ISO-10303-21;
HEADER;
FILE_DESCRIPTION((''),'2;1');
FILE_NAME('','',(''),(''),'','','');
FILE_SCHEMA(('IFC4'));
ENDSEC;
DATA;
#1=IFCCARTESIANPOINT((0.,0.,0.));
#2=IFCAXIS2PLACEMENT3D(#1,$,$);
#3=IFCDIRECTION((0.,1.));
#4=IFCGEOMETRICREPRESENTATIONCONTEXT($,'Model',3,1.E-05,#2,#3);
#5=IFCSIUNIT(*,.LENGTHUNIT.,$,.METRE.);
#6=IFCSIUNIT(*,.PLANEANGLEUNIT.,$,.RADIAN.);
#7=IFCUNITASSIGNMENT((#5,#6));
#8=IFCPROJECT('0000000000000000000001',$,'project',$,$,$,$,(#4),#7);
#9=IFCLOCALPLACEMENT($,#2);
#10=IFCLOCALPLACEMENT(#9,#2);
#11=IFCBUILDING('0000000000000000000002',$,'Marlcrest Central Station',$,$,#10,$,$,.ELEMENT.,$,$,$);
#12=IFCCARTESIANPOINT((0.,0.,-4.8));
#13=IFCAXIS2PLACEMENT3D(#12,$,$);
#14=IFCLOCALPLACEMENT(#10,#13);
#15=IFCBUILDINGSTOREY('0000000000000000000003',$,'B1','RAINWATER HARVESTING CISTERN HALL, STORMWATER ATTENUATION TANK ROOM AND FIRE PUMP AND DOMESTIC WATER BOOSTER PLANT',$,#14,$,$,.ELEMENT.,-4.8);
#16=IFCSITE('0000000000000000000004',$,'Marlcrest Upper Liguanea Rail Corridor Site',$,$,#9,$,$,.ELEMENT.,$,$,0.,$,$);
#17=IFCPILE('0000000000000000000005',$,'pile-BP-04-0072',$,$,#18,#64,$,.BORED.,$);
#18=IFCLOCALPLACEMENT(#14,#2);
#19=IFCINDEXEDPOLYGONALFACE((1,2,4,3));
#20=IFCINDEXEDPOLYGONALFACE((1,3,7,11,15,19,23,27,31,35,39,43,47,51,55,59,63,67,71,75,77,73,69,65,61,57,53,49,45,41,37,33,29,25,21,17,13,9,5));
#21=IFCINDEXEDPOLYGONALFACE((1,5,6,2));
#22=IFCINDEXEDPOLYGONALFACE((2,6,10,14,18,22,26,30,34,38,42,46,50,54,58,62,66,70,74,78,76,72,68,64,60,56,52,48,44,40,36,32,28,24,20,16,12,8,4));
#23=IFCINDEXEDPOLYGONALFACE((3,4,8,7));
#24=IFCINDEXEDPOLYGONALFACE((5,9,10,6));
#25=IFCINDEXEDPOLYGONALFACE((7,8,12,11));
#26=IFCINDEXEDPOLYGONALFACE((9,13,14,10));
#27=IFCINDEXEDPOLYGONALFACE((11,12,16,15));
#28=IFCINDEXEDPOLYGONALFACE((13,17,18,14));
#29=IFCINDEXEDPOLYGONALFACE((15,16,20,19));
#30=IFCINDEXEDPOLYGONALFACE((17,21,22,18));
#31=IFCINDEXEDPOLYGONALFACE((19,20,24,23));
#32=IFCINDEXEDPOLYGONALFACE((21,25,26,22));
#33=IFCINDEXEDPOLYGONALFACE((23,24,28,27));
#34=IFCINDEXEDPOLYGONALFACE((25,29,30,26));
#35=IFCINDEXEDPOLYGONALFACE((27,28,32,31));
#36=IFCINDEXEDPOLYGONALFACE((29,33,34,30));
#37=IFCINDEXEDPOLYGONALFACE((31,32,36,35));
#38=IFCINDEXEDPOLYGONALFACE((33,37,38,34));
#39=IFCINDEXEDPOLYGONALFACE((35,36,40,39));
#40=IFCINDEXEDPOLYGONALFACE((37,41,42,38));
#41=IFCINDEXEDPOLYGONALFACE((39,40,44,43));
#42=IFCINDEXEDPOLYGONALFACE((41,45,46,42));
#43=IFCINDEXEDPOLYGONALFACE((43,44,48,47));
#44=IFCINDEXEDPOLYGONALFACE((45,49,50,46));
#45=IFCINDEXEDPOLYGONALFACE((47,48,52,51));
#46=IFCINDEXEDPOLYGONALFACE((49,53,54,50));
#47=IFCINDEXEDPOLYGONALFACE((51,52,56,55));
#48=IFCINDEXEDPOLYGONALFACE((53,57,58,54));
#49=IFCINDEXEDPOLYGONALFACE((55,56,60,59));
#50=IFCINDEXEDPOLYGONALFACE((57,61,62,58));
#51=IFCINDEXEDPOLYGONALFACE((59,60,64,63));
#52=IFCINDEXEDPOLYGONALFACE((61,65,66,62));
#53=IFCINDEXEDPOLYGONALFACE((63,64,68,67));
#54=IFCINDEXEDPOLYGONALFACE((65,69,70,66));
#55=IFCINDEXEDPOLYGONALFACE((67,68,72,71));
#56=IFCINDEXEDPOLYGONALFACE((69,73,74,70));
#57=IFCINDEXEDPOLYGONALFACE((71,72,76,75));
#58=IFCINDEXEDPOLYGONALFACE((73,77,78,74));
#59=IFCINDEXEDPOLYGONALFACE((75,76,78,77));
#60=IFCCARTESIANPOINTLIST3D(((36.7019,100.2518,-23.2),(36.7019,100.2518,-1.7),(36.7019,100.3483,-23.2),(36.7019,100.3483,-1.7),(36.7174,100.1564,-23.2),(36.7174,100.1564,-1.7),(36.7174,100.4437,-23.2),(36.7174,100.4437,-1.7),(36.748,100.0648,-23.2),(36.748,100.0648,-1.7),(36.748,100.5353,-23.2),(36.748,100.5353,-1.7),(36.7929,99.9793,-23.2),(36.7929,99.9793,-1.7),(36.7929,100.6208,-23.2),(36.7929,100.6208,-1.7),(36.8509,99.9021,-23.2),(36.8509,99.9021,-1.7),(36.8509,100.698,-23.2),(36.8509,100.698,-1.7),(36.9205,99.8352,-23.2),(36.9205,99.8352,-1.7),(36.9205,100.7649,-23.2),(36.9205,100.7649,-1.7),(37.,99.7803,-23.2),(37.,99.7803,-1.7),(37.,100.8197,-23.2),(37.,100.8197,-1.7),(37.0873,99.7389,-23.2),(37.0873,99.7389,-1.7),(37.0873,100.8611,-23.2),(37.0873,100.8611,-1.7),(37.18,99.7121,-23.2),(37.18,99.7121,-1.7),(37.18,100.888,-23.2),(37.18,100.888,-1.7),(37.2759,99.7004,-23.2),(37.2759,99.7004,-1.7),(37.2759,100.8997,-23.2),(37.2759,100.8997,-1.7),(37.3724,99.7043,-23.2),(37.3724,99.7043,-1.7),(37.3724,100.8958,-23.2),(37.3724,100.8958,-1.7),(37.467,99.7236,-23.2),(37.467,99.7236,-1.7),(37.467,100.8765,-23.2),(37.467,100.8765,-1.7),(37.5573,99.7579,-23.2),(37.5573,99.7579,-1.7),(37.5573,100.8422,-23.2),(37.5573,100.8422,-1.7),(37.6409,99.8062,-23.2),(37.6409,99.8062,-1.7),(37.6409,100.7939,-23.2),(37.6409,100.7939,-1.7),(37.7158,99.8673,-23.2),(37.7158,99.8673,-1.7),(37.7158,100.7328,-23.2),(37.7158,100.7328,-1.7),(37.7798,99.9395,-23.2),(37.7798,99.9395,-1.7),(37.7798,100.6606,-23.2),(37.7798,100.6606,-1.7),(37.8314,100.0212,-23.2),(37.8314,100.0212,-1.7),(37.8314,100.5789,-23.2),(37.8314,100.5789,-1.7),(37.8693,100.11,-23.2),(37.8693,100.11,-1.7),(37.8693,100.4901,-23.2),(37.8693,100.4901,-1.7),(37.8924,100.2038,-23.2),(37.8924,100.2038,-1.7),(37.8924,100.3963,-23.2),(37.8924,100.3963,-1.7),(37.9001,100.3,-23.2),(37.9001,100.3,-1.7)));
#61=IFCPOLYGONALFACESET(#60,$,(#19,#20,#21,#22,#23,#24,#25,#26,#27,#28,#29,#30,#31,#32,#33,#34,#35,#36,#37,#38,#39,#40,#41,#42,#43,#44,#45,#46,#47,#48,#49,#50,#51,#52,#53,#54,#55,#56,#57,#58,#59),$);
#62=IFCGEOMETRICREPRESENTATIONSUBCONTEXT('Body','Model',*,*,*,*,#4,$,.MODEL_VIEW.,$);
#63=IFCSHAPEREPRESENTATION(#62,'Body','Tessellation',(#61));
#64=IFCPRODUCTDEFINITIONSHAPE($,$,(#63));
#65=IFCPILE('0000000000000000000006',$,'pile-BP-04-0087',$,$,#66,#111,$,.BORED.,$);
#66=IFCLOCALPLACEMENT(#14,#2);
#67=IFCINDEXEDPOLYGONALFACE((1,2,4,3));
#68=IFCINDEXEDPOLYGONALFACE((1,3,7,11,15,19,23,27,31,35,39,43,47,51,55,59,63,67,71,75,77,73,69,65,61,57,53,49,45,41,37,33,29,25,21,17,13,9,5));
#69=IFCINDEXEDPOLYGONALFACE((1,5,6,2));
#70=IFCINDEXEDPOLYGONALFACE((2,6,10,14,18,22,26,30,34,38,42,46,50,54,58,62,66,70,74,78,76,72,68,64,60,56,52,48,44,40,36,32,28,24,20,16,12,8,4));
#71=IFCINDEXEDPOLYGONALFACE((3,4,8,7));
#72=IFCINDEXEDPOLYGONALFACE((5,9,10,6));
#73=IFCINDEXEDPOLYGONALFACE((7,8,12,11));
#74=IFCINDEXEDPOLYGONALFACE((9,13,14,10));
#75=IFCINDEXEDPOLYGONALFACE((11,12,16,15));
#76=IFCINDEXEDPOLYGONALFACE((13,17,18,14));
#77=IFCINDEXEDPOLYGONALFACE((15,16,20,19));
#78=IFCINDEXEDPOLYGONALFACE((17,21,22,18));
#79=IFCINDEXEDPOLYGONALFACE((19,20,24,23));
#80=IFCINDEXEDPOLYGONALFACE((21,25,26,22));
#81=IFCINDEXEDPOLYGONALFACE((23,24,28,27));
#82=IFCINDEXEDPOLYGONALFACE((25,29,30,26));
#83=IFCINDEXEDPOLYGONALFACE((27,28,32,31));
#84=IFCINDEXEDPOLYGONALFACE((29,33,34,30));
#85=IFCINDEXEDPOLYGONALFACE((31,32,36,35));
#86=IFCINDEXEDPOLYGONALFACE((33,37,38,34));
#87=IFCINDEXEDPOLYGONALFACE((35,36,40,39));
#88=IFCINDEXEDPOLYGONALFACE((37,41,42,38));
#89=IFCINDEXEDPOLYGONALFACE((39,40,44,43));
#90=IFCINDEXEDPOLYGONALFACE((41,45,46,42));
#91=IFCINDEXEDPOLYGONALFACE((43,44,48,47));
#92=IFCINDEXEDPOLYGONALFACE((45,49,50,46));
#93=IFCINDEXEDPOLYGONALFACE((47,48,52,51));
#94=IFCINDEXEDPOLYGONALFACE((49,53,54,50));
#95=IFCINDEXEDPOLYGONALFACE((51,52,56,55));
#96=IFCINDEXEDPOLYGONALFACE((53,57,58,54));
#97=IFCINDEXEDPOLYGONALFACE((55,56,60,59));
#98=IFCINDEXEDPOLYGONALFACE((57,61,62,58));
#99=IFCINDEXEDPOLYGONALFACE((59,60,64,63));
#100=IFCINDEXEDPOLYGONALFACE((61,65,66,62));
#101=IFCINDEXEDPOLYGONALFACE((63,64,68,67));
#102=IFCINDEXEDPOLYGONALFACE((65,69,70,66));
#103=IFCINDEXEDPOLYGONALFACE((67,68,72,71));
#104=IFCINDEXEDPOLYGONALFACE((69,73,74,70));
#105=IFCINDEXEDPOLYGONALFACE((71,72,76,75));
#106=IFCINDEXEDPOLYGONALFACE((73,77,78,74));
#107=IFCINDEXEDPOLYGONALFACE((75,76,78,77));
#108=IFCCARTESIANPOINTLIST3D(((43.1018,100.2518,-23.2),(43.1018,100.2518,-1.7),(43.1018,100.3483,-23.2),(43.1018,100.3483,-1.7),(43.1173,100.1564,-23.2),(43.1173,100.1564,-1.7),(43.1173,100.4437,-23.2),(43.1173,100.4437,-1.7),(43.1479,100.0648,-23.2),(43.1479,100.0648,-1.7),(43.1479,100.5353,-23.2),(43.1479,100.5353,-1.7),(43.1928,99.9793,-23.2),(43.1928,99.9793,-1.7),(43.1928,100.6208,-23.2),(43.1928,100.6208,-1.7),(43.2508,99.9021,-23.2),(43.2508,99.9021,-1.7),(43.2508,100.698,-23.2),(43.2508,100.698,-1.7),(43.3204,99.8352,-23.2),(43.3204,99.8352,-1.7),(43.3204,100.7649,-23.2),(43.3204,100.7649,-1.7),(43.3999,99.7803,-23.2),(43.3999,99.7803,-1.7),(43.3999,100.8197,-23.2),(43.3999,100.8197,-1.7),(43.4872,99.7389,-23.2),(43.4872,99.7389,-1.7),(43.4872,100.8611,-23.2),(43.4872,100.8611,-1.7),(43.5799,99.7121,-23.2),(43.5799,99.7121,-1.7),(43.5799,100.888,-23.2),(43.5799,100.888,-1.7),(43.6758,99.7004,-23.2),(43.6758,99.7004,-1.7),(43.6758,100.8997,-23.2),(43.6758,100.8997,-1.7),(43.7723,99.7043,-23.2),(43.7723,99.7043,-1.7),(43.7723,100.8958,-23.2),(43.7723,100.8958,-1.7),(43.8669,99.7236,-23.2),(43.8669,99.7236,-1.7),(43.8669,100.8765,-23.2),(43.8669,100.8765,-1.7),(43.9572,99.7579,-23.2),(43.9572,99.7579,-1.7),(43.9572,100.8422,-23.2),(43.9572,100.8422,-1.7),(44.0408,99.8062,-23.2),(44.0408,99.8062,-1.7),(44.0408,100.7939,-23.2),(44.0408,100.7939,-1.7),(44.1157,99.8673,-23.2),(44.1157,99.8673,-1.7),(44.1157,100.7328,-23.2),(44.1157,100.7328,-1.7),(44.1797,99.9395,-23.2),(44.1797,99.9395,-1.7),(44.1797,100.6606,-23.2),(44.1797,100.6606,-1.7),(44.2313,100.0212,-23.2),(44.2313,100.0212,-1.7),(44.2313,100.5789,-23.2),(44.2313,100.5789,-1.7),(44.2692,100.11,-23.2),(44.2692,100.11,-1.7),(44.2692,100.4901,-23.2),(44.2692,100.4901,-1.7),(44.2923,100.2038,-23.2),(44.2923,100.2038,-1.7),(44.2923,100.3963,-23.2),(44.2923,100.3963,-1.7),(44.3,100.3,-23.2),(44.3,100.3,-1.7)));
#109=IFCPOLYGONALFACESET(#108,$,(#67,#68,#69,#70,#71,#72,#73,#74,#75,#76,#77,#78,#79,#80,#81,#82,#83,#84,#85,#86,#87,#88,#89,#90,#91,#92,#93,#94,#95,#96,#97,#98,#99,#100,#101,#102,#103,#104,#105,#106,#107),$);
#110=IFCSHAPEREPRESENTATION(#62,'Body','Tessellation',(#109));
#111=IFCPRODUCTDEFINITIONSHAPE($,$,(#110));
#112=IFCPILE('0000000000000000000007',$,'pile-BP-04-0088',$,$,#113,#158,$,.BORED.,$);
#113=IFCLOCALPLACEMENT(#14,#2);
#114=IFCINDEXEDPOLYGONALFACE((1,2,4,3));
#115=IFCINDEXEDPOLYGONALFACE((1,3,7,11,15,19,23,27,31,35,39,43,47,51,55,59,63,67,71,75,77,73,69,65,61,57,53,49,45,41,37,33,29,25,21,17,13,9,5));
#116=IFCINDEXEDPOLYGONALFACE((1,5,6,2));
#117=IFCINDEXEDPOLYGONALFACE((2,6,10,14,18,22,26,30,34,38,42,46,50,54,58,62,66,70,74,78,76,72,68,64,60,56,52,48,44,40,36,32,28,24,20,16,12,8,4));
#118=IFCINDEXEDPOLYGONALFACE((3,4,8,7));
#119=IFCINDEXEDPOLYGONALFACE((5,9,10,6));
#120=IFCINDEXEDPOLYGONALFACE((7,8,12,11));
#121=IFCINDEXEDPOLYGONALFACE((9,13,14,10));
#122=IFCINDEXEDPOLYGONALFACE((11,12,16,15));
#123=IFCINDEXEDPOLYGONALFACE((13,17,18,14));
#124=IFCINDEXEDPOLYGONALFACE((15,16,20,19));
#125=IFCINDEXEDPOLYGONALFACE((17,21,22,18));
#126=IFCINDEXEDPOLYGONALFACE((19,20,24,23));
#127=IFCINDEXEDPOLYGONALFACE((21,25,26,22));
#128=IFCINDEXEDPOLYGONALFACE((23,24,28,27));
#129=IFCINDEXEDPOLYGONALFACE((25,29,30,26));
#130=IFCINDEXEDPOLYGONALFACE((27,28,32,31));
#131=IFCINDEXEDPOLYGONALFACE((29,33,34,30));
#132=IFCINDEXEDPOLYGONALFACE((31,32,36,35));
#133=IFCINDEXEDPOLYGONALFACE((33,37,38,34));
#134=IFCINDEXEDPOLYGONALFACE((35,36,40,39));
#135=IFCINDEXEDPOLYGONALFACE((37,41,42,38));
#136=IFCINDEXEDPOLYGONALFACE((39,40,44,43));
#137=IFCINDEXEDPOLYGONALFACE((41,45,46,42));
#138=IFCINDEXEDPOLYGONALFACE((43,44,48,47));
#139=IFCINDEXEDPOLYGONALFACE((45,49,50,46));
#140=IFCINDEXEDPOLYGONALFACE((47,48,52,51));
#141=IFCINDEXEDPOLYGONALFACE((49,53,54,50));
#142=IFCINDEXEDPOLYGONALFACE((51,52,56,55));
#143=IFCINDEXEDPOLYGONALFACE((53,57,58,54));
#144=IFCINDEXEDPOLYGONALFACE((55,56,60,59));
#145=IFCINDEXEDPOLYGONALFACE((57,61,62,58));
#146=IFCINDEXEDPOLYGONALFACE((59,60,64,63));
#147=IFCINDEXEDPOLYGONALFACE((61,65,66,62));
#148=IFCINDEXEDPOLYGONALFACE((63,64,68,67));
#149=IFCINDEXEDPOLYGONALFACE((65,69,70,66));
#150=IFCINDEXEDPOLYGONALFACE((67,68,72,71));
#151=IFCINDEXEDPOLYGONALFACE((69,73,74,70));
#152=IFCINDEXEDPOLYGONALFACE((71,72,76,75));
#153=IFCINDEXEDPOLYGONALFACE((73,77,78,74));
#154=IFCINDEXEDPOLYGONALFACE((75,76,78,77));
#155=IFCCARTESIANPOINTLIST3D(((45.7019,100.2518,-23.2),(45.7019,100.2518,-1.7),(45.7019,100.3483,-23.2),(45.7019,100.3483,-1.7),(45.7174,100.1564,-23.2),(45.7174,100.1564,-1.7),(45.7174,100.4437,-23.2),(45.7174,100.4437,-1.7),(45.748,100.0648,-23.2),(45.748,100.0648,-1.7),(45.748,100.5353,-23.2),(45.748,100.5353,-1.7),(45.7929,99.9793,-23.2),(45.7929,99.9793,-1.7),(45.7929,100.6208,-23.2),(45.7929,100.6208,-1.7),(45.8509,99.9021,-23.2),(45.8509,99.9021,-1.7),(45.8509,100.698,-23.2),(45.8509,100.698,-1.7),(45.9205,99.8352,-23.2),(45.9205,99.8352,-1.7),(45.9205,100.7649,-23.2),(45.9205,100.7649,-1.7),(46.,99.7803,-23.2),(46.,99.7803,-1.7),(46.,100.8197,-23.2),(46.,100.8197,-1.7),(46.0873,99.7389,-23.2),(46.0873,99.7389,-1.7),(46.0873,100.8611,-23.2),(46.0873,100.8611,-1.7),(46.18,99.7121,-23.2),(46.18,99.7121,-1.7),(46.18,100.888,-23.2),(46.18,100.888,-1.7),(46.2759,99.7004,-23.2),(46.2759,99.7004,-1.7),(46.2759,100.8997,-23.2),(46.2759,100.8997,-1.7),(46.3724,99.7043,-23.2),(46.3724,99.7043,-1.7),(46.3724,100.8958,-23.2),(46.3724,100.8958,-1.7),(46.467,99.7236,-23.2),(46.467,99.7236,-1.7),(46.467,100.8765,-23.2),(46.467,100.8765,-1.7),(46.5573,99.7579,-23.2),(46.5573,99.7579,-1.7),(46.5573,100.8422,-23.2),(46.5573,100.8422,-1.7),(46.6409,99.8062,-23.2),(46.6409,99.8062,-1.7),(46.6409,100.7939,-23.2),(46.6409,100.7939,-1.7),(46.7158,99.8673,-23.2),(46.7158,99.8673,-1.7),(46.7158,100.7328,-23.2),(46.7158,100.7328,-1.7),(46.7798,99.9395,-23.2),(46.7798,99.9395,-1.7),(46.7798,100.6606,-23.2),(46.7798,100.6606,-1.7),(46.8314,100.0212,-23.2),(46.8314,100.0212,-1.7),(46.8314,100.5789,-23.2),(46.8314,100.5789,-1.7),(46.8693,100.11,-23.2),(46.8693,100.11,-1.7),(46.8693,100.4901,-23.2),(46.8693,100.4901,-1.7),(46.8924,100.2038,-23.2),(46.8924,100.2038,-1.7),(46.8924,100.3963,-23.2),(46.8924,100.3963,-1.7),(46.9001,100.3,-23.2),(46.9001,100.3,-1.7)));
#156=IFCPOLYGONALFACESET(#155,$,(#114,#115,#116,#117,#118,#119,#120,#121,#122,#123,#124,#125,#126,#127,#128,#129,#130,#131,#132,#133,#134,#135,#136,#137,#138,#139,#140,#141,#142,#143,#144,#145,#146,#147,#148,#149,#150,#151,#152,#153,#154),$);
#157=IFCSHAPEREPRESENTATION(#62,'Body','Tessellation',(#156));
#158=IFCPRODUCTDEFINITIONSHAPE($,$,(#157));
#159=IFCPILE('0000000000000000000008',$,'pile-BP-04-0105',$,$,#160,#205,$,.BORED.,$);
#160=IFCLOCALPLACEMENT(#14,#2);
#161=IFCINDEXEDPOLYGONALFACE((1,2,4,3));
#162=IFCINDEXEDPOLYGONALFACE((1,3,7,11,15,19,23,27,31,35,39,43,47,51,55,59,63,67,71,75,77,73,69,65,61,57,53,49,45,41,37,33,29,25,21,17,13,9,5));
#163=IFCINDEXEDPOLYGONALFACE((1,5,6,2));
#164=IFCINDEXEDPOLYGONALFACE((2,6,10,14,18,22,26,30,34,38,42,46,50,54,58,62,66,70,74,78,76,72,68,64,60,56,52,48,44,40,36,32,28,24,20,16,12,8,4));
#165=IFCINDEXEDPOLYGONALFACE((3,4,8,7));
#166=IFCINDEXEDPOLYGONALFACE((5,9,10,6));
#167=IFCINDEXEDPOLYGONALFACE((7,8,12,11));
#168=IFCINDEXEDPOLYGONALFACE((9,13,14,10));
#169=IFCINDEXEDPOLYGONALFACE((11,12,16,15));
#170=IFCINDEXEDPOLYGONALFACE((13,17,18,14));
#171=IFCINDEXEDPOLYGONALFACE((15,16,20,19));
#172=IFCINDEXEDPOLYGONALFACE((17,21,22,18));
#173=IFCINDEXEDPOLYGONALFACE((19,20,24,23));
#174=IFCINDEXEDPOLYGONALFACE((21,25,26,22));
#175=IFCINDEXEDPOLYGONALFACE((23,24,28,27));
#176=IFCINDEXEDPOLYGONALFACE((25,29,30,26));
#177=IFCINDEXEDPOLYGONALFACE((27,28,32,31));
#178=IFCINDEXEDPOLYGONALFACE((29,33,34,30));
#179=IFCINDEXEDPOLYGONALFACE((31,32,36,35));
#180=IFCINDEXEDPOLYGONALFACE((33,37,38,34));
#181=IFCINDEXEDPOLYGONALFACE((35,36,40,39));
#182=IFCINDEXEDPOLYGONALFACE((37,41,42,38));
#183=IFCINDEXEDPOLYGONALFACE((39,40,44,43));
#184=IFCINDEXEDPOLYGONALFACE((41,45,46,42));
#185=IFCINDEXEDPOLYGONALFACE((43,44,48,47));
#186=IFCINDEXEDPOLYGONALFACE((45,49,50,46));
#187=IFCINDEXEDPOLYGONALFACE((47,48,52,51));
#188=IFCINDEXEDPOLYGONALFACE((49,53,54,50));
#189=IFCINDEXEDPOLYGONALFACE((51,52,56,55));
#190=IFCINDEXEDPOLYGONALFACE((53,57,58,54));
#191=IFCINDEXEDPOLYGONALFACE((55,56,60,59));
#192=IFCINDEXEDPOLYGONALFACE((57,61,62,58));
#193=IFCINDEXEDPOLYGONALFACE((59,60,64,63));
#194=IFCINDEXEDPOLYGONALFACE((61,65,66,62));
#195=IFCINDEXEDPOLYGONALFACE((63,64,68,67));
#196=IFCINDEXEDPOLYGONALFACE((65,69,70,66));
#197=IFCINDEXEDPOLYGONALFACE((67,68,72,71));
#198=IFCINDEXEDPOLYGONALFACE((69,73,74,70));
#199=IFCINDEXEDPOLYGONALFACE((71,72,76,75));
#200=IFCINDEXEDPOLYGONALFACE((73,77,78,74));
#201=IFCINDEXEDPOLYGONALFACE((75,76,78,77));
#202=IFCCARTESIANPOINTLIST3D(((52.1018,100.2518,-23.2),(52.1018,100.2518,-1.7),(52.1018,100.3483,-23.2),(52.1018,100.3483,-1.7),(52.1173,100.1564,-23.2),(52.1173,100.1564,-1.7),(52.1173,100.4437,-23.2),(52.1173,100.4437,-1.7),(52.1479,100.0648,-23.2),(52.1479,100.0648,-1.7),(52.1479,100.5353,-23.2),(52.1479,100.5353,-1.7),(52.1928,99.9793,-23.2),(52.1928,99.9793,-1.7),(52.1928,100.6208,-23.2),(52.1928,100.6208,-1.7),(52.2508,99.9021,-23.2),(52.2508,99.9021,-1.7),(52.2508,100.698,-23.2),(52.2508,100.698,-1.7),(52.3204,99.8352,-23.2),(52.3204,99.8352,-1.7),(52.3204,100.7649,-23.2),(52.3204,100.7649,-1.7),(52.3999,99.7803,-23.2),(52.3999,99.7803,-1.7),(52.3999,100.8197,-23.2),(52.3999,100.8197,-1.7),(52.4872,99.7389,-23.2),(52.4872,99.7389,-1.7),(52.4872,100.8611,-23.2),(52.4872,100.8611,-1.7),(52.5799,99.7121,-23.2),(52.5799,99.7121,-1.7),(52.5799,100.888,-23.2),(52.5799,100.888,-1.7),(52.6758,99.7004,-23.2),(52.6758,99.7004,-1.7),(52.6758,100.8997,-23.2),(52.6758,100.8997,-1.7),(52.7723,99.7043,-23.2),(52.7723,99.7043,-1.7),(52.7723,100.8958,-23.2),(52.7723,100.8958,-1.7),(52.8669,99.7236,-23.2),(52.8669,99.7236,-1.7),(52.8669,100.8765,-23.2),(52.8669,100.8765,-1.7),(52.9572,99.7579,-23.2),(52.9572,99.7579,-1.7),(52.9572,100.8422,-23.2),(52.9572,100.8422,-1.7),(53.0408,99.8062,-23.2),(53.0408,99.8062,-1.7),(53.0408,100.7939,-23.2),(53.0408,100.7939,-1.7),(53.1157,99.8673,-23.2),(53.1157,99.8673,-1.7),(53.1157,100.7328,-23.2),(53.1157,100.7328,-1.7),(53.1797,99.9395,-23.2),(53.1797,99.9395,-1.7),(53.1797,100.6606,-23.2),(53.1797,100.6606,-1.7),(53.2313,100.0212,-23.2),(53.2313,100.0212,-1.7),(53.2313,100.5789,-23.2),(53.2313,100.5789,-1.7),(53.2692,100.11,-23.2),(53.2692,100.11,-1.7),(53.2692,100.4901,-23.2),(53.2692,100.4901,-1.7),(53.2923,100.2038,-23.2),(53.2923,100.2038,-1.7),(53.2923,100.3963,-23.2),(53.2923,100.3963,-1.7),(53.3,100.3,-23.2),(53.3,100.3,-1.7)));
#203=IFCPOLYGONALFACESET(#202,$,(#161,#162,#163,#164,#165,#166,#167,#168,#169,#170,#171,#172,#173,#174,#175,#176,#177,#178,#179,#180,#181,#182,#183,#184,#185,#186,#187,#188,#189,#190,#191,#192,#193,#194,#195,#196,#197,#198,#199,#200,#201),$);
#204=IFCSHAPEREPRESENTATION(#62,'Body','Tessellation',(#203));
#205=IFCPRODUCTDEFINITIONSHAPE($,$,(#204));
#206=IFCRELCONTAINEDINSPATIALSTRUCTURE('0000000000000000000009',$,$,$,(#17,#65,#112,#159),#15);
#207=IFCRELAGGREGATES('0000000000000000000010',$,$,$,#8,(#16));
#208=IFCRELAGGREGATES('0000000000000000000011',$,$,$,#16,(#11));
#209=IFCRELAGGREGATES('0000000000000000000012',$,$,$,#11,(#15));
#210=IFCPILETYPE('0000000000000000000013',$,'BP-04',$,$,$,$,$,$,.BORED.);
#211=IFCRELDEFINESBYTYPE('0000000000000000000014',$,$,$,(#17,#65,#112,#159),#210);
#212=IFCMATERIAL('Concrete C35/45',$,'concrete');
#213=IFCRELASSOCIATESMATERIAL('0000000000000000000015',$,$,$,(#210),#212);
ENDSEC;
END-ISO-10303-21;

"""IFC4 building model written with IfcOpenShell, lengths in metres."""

from ifc_helpers import new_model, si_unit, direction, frame, origin, origin_2d, place, context, subcontext, project, spatial, circle, extrude, material, material_profile, profile_set, type_object, element, save


model = new_model("IFC4")

# Units and contexts
model_context = context("Model", 3, precision=1e-05, world=origin(), true_north=direction((0.0, 1.0)))
body_context = subcontext(model_context, "Body", "Model", "MODEL_VIEW")
ifc_project = project(units=[si_unit("LENGTHUNIT", "METRE"), si_unit("PLANEANGLEUNIT", "RADIAN")], contexts=[model_context])

# Site, building, storey
site_placement = place(None, origin())
site = spatial("IfcSite", under=ifc_project, at=site_placement, Name="Marlcrest Upper Liguanea Rail Corridor Site", CompositionType="ELEMENT", RefElevation=0.0)
building_placement = place(site_placement, origin())
building = spatial("IfcBuilding", under=site, at=building_placement, Name="Marlcrest Central Station", CompositionType="ELEMENT")
storey_placement = place(building_placement, frame((0.0, 0.0, -4.8)))
storey = spatial("IfcBuildingStorey", under=building, at=storey_placement, Name="B1", Description="RAINWATER HARVESTING CISTERN HALL, STORMWATER ATTENUATION TANK ROOM AND FIRE PUMP AND DOMESTIC WATER BOOSTER PLANT", CompositionType="ELEMENT", Elevation=-4.8)

# Piles
ifc_material_1 = material(Name="Concrete C35/45", Category="concrete")
ifc_material_profile_1 = material_profile(ifc_material_1, circle(Radius=0.6001, at=origin_2d()), Name="PILE D1200")
ifc_profile_set_1 = profile_set([ifc_material_profile_1], Name="Concrete C35/45")
pile_type = type_object("IfcPileType", Name="BP-04", PredefinedType="BORED", material=ifc_profile_set_1)
for number, where, z_axis, x_axis, name in (
    (1, (37.3, 100.3, -1.7), (0.0, 0.0, -1.0), (1.0, 0.0, 0.0), "pile-BP-04-0072"),
    (2, (43.7, 100.3, -1.7), (0.0, 0.0, -1.0), (1.0, 0.0, 0.0), "pile-BP-04-0087"),
    (3, (46.3, 100.3, -1.7), (0.0, 0.0, -1.0), (1.0, 0.0, 0.0), "pile-BP-04-0088"),
    (4, (52.7, 100.3, -1.7), (0.0, 0.0, -1.0), (1.0, 0.0, 0.0), "pile-BP-04-0105"),
):
    element("IfcPile", number, at=place(storey_placement, frame(where, z_axis=z_axis, x_axis=x_axis)), inside=storey, type_object=pile_type, Name=name, PredefinedType="BORED", context=body_context, shape_type="SweptSolid", body=[
        extrude(circle(Radius=0.6001, at=origin_2d()), origin(), (0.0, 0.0, 1.0), 21.5),
    ])

save(model, "model.ifc")
